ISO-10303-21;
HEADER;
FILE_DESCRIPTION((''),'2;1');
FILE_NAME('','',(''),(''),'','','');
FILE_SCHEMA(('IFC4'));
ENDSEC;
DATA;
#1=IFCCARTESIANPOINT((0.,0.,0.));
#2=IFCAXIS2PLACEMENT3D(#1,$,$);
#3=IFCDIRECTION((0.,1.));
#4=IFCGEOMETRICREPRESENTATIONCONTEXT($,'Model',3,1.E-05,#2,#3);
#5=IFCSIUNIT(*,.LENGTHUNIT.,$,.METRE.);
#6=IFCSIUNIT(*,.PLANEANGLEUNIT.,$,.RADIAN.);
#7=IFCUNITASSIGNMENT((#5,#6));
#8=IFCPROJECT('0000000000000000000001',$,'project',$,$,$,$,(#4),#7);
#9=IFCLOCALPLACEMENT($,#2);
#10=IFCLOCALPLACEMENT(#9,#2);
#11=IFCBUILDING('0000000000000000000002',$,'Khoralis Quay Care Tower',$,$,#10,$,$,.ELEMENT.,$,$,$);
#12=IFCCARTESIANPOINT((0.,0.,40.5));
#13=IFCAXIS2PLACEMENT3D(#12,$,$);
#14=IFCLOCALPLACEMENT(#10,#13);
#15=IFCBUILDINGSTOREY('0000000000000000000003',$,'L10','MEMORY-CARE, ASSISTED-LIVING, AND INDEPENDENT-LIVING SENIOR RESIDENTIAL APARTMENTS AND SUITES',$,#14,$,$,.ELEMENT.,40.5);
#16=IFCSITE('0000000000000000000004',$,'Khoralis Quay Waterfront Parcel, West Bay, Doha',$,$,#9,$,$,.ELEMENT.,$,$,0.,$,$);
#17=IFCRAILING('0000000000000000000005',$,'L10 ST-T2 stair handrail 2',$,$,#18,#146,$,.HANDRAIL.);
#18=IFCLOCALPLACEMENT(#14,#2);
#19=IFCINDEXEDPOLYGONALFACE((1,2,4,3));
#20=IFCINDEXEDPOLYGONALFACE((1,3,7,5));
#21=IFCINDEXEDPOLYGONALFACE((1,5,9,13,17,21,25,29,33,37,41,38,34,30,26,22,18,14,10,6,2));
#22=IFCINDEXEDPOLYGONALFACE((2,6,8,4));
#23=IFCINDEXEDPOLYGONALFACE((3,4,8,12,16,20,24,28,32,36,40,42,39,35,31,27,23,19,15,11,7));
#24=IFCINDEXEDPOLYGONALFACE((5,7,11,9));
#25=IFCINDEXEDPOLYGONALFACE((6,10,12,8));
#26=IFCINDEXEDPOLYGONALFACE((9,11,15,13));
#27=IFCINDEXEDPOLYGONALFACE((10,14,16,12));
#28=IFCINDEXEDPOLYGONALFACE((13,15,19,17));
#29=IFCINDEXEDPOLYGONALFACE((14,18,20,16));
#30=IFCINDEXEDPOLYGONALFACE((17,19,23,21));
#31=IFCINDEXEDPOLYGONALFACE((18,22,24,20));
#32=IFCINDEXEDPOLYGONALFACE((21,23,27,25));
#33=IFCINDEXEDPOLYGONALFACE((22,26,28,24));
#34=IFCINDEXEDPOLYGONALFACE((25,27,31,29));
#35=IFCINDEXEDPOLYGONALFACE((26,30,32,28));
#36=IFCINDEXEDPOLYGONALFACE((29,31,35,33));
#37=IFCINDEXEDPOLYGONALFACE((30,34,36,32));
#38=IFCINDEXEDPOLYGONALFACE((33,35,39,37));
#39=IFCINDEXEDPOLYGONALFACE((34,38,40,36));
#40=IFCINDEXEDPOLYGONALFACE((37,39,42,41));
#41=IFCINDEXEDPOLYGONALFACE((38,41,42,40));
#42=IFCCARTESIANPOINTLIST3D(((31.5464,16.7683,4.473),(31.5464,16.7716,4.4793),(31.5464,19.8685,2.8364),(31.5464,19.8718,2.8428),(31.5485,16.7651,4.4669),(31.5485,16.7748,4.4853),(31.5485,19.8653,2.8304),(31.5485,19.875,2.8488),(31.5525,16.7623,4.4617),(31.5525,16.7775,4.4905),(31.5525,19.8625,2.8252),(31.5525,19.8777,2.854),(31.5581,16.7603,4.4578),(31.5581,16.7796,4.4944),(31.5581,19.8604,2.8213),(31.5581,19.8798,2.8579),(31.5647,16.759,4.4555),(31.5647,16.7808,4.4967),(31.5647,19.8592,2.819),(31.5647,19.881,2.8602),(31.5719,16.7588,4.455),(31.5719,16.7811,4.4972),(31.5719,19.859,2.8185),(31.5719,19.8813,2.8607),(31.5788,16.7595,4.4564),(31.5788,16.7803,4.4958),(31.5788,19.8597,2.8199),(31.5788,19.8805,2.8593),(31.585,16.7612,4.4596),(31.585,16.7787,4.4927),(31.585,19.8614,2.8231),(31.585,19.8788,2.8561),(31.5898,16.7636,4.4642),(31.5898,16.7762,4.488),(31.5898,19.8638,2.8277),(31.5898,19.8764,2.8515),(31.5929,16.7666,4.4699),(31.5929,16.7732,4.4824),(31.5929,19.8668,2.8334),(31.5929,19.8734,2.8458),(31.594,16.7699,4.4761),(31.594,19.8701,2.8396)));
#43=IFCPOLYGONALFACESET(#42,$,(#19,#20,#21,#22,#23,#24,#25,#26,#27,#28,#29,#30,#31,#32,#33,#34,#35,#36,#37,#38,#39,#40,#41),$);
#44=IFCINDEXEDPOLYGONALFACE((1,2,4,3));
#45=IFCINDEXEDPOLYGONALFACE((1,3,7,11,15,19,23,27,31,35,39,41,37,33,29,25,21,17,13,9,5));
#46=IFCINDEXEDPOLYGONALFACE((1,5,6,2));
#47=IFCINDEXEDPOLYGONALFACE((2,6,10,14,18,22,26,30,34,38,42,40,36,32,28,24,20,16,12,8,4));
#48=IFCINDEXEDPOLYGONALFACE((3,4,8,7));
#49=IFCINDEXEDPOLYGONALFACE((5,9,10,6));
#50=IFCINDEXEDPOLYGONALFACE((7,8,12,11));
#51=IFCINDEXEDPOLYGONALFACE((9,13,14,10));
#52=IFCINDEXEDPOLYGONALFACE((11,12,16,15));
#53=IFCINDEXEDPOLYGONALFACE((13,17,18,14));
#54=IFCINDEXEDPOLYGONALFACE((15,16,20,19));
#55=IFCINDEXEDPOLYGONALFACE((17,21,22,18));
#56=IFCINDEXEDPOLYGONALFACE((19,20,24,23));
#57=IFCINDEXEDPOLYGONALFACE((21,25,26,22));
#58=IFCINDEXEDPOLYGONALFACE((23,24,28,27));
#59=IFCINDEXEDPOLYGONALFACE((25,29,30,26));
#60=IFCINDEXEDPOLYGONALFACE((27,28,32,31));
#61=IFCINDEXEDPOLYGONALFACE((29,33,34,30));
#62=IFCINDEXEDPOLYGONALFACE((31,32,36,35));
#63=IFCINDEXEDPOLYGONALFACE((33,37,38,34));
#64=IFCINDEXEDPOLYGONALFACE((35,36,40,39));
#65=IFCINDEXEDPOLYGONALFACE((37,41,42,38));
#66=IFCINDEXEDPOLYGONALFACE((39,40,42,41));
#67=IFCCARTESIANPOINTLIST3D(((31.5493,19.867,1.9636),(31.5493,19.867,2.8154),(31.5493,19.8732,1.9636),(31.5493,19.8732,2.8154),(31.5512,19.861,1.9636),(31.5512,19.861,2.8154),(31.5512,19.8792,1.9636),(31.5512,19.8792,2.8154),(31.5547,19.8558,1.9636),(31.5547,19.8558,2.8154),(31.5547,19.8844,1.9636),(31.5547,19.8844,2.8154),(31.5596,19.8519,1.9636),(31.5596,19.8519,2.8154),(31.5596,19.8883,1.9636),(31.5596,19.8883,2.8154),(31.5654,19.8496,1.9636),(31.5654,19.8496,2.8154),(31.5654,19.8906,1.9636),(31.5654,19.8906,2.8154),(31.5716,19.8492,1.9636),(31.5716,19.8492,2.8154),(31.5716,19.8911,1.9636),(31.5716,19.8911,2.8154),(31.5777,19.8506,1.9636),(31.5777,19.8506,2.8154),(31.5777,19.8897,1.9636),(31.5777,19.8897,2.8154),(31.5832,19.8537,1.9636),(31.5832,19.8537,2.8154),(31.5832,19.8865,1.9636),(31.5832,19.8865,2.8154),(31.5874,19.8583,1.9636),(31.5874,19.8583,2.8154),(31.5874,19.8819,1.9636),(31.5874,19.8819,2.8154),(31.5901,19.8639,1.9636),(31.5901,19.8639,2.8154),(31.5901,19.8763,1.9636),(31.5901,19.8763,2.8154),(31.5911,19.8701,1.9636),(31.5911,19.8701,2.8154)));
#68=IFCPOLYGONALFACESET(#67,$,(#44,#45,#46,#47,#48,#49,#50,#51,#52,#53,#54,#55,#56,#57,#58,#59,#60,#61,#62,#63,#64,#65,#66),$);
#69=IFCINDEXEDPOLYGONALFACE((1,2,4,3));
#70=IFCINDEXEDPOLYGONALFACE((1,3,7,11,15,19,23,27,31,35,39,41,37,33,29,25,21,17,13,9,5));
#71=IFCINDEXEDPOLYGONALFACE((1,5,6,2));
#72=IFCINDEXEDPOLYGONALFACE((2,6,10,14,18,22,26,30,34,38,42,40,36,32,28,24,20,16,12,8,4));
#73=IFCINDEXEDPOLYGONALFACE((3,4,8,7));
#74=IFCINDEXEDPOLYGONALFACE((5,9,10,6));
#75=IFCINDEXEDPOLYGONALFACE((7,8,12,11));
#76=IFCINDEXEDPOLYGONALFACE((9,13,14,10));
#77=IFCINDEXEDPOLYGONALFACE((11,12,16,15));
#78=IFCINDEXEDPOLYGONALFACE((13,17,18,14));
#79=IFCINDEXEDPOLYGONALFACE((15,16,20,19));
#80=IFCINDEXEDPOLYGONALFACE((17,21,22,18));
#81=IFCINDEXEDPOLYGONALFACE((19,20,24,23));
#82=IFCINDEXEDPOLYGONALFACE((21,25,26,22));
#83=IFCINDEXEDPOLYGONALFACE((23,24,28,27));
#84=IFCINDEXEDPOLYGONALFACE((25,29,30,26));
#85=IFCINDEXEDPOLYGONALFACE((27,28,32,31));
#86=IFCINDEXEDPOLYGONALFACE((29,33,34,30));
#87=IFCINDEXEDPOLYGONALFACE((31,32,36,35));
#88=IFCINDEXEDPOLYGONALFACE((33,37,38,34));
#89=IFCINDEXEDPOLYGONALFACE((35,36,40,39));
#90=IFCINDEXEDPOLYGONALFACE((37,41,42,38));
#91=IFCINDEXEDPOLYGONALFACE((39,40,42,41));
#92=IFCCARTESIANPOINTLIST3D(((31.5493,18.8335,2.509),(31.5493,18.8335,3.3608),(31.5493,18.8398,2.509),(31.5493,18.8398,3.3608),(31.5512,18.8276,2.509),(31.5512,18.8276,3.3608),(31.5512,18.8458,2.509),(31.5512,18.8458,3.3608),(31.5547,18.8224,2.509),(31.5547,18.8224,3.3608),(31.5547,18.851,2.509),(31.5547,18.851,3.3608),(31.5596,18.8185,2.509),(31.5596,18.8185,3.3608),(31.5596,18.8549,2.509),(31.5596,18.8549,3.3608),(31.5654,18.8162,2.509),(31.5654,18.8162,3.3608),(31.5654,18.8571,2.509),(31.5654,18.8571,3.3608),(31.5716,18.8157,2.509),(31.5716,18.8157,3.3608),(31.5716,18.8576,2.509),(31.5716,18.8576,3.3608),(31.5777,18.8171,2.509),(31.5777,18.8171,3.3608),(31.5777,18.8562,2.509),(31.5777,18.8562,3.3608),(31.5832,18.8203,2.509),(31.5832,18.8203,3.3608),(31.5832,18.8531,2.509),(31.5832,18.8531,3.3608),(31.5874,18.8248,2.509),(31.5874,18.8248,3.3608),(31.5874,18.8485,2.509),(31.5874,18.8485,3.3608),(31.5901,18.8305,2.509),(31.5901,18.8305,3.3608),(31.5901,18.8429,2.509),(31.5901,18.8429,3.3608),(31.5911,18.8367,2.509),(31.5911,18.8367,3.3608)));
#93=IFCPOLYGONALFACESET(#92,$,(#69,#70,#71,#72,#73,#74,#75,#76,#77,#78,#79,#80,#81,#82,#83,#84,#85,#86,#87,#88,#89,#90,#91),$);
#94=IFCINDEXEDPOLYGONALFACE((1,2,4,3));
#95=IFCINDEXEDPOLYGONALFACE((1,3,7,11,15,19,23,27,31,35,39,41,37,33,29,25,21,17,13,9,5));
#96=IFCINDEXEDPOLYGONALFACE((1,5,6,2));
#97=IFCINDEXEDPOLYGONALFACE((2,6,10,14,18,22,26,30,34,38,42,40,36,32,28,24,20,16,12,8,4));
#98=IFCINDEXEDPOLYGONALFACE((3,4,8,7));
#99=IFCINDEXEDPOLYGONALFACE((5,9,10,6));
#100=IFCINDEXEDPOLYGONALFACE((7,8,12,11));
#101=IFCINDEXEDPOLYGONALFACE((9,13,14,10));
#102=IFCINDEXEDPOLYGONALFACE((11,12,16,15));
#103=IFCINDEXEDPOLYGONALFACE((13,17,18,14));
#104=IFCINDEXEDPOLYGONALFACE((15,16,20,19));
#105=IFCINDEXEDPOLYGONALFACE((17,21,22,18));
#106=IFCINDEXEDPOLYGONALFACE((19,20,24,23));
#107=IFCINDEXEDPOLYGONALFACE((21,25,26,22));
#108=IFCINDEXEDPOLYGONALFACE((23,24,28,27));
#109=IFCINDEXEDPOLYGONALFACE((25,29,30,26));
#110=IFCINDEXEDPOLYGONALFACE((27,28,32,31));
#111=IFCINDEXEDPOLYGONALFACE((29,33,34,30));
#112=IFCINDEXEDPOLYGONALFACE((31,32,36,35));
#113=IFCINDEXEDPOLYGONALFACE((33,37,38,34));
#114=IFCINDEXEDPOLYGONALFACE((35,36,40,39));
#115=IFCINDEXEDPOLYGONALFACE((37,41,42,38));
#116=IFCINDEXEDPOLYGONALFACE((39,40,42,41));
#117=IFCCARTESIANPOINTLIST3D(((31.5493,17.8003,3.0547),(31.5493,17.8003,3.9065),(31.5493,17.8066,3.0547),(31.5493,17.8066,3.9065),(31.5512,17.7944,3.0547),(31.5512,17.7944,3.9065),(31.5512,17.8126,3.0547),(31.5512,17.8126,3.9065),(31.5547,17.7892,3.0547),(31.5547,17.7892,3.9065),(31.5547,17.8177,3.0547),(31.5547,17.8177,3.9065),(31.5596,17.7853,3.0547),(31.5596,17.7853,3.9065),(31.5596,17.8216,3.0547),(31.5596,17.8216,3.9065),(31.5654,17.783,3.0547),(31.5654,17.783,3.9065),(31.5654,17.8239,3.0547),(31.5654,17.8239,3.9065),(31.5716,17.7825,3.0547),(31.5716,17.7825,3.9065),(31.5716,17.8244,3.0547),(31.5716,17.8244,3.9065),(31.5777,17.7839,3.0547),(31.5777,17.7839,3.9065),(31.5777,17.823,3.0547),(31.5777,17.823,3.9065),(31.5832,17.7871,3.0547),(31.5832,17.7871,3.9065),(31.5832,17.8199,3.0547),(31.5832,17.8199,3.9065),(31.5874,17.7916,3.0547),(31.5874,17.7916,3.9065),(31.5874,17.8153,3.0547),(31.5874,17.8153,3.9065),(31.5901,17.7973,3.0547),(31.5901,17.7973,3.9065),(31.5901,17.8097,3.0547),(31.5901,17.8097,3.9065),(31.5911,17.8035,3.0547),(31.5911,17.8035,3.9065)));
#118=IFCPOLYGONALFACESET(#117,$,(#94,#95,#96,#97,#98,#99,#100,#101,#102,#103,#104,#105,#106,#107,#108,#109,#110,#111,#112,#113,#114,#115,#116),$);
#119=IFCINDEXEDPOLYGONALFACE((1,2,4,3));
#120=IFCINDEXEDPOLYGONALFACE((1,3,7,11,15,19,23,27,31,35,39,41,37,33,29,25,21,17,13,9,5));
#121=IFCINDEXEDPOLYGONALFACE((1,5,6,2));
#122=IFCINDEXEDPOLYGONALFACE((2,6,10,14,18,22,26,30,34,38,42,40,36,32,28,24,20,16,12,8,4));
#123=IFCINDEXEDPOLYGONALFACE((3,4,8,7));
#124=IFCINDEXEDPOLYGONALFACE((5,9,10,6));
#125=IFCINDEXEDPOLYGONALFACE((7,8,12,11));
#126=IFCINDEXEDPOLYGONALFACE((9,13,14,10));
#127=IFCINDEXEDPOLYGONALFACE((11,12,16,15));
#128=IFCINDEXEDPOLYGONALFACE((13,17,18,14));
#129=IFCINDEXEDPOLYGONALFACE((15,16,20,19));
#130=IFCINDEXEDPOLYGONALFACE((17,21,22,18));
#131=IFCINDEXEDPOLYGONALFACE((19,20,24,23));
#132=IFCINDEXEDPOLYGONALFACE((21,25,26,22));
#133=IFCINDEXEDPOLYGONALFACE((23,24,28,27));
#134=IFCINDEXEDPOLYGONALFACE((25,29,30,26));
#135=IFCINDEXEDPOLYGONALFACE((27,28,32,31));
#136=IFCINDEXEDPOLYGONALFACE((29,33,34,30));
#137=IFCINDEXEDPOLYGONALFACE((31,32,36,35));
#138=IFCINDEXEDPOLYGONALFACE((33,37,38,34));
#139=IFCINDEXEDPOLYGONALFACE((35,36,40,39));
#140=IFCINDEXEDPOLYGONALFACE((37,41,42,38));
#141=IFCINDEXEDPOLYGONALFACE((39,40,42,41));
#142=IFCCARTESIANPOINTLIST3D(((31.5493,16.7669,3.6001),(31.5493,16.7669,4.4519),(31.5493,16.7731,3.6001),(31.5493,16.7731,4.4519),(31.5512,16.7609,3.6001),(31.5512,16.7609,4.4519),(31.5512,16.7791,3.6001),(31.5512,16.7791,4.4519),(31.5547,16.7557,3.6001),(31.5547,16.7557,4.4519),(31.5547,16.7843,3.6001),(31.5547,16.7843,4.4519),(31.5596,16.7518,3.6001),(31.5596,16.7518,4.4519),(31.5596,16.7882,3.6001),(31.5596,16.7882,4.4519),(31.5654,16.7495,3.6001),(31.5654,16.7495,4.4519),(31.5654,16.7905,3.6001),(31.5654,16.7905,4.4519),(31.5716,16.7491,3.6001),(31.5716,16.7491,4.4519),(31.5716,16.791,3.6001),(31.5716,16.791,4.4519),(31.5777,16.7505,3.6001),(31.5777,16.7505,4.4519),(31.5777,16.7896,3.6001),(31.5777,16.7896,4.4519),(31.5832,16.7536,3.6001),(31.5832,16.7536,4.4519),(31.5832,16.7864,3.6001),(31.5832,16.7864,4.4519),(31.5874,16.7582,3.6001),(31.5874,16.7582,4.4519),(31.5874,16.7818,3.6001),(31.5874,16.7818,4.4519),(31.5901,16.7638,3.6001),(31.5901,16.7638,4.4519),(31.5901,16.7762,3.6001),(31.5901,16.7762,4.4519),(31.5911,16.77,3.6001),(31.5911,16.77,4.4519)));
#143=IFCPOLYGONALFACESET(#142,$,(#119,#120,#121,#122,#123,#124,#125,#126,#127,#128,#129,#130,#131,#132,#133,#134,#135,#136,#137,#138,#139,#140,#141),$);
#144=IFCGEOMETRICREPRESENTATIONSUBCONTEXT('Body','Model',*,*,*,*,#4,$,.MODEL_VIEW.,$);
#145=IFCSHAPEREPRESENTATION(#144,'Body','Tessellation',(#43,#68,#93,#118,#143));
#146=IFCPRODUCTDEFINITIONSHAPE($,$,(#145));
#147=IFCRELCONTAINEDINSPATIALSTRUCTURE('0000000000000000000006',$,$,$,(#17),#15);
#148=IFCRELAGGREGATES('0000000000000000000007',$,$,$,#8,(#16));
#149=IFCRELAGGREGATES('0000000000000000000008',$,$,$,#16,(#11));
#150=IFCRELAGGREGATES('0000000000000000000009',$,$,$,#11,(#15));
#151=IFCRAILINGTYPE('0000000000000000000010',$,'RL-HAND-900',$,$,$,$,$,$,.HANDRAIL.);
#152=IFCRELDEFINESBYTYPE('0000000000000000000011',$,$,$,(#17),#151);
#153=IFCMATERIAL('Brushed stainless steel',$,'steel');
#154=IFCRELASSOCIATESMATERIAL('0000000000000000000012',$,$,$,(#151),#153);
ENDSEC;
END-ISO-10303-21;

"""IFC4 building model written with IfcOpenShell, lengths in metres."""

from ifc_helpers import new_model, si_unit, direction, frame, origin, origin_2d, place, context, subcontext, project, spatial, circle, extrude, material, type_object, element, save


model = new_model("IFC4")

# Units and contexts
model_context = context("Model", 3, precision=1e-05, world=origin(), true_north=direction((0.0, 1.0)))
body_context = subcontext(model_context, "Body", "Model", "MODEL_VIEW")
ifc_project = project(units=[si_unit("LENGTHUNIT", "METRE"), si_unit("PLANEANGLEUNIT", "RADIAN")], contexts=[model_context])

# Site, building, storey
site_placement = place(None, origin())
site = spatial("IfcSite", under=ifc_project, at=site_placement, Name="Khoralis Quay Waterfront Parcel, West Bay, Doha", CompositionType="ELEMENT", RefElevation=0.0)
building_placement = place(site_placement, origin())
building = spatial("IfcBuilding", under=site, at=building_placement, Name="Khoralis Quay Care Tower", CompositionType="ELEMENT")
storey_placement = place(building_placement, frame((0.0, 0.0, 40.5)))
storey = spatial("IfcBuildingStorey", under=building, at=storey_placement, Name="L10", Description="MEMORY-CARE, ASSISTED-LIVING, AND INDEPENDENT-LIVING SENIOR RESIDENTIAL APARTMENTS AND SUITES", CompositionType="ELEMENT", Elevation=40.5)

# Shared definitions
ifc_material_1 = material(Name="Brushed stainless steel", Category="steel")

# Railing
railing_type_1 = type_object("IfcRailingType", Name="RL-HAND-900", PredefinedType="HANDRAIL", material=ifc_material_1)
railing_1_placement = place(storey_placement, frame((31.5701, 19.8701, 1.9636)))
element("IfcRailing", 1, at=railing_1_placement, inside=storey, type_object=railing_type_1, Name="L10 ST-T2 stair handrail 2", PredefinedType="HANDRAIL", context=body_context, shape_type="SweptSolid", body=[
    extrude(circle(Radius=0.0239, at=origin_2d()), frame((0.0, 0.0, 0.876), z_axis=(0.0, -0.884348, 0.466828), x_axis=(1.0, 0.0, 0.0)), (0.0, 0.0, 1.0), 3.5056),
    extrude(circle(Radius=0.021, at=origin_2d()), origin(), (0.0, 0.0, 1.0), 0.8518),
    extrude(circle(Radius=0.021, at=origin_2d()), frame((0.0, -1.0334, 0.5454)), (0.0, 0.0, 1.0), 0.8518),
    extrude(circle(Radius=0.021, at=origin_2d()), frame((0.0, -2.0667, 1.0911)), (0.0, 0.0, 1.0), 0.8518),
    extrude(circle(Radius=0.021, at=origin_2d()), frame((0.0, -3.1001, 1.6365)), (0.0, 0.0, 1.0), 0.8518),
])

save(model, "model.ifc")
